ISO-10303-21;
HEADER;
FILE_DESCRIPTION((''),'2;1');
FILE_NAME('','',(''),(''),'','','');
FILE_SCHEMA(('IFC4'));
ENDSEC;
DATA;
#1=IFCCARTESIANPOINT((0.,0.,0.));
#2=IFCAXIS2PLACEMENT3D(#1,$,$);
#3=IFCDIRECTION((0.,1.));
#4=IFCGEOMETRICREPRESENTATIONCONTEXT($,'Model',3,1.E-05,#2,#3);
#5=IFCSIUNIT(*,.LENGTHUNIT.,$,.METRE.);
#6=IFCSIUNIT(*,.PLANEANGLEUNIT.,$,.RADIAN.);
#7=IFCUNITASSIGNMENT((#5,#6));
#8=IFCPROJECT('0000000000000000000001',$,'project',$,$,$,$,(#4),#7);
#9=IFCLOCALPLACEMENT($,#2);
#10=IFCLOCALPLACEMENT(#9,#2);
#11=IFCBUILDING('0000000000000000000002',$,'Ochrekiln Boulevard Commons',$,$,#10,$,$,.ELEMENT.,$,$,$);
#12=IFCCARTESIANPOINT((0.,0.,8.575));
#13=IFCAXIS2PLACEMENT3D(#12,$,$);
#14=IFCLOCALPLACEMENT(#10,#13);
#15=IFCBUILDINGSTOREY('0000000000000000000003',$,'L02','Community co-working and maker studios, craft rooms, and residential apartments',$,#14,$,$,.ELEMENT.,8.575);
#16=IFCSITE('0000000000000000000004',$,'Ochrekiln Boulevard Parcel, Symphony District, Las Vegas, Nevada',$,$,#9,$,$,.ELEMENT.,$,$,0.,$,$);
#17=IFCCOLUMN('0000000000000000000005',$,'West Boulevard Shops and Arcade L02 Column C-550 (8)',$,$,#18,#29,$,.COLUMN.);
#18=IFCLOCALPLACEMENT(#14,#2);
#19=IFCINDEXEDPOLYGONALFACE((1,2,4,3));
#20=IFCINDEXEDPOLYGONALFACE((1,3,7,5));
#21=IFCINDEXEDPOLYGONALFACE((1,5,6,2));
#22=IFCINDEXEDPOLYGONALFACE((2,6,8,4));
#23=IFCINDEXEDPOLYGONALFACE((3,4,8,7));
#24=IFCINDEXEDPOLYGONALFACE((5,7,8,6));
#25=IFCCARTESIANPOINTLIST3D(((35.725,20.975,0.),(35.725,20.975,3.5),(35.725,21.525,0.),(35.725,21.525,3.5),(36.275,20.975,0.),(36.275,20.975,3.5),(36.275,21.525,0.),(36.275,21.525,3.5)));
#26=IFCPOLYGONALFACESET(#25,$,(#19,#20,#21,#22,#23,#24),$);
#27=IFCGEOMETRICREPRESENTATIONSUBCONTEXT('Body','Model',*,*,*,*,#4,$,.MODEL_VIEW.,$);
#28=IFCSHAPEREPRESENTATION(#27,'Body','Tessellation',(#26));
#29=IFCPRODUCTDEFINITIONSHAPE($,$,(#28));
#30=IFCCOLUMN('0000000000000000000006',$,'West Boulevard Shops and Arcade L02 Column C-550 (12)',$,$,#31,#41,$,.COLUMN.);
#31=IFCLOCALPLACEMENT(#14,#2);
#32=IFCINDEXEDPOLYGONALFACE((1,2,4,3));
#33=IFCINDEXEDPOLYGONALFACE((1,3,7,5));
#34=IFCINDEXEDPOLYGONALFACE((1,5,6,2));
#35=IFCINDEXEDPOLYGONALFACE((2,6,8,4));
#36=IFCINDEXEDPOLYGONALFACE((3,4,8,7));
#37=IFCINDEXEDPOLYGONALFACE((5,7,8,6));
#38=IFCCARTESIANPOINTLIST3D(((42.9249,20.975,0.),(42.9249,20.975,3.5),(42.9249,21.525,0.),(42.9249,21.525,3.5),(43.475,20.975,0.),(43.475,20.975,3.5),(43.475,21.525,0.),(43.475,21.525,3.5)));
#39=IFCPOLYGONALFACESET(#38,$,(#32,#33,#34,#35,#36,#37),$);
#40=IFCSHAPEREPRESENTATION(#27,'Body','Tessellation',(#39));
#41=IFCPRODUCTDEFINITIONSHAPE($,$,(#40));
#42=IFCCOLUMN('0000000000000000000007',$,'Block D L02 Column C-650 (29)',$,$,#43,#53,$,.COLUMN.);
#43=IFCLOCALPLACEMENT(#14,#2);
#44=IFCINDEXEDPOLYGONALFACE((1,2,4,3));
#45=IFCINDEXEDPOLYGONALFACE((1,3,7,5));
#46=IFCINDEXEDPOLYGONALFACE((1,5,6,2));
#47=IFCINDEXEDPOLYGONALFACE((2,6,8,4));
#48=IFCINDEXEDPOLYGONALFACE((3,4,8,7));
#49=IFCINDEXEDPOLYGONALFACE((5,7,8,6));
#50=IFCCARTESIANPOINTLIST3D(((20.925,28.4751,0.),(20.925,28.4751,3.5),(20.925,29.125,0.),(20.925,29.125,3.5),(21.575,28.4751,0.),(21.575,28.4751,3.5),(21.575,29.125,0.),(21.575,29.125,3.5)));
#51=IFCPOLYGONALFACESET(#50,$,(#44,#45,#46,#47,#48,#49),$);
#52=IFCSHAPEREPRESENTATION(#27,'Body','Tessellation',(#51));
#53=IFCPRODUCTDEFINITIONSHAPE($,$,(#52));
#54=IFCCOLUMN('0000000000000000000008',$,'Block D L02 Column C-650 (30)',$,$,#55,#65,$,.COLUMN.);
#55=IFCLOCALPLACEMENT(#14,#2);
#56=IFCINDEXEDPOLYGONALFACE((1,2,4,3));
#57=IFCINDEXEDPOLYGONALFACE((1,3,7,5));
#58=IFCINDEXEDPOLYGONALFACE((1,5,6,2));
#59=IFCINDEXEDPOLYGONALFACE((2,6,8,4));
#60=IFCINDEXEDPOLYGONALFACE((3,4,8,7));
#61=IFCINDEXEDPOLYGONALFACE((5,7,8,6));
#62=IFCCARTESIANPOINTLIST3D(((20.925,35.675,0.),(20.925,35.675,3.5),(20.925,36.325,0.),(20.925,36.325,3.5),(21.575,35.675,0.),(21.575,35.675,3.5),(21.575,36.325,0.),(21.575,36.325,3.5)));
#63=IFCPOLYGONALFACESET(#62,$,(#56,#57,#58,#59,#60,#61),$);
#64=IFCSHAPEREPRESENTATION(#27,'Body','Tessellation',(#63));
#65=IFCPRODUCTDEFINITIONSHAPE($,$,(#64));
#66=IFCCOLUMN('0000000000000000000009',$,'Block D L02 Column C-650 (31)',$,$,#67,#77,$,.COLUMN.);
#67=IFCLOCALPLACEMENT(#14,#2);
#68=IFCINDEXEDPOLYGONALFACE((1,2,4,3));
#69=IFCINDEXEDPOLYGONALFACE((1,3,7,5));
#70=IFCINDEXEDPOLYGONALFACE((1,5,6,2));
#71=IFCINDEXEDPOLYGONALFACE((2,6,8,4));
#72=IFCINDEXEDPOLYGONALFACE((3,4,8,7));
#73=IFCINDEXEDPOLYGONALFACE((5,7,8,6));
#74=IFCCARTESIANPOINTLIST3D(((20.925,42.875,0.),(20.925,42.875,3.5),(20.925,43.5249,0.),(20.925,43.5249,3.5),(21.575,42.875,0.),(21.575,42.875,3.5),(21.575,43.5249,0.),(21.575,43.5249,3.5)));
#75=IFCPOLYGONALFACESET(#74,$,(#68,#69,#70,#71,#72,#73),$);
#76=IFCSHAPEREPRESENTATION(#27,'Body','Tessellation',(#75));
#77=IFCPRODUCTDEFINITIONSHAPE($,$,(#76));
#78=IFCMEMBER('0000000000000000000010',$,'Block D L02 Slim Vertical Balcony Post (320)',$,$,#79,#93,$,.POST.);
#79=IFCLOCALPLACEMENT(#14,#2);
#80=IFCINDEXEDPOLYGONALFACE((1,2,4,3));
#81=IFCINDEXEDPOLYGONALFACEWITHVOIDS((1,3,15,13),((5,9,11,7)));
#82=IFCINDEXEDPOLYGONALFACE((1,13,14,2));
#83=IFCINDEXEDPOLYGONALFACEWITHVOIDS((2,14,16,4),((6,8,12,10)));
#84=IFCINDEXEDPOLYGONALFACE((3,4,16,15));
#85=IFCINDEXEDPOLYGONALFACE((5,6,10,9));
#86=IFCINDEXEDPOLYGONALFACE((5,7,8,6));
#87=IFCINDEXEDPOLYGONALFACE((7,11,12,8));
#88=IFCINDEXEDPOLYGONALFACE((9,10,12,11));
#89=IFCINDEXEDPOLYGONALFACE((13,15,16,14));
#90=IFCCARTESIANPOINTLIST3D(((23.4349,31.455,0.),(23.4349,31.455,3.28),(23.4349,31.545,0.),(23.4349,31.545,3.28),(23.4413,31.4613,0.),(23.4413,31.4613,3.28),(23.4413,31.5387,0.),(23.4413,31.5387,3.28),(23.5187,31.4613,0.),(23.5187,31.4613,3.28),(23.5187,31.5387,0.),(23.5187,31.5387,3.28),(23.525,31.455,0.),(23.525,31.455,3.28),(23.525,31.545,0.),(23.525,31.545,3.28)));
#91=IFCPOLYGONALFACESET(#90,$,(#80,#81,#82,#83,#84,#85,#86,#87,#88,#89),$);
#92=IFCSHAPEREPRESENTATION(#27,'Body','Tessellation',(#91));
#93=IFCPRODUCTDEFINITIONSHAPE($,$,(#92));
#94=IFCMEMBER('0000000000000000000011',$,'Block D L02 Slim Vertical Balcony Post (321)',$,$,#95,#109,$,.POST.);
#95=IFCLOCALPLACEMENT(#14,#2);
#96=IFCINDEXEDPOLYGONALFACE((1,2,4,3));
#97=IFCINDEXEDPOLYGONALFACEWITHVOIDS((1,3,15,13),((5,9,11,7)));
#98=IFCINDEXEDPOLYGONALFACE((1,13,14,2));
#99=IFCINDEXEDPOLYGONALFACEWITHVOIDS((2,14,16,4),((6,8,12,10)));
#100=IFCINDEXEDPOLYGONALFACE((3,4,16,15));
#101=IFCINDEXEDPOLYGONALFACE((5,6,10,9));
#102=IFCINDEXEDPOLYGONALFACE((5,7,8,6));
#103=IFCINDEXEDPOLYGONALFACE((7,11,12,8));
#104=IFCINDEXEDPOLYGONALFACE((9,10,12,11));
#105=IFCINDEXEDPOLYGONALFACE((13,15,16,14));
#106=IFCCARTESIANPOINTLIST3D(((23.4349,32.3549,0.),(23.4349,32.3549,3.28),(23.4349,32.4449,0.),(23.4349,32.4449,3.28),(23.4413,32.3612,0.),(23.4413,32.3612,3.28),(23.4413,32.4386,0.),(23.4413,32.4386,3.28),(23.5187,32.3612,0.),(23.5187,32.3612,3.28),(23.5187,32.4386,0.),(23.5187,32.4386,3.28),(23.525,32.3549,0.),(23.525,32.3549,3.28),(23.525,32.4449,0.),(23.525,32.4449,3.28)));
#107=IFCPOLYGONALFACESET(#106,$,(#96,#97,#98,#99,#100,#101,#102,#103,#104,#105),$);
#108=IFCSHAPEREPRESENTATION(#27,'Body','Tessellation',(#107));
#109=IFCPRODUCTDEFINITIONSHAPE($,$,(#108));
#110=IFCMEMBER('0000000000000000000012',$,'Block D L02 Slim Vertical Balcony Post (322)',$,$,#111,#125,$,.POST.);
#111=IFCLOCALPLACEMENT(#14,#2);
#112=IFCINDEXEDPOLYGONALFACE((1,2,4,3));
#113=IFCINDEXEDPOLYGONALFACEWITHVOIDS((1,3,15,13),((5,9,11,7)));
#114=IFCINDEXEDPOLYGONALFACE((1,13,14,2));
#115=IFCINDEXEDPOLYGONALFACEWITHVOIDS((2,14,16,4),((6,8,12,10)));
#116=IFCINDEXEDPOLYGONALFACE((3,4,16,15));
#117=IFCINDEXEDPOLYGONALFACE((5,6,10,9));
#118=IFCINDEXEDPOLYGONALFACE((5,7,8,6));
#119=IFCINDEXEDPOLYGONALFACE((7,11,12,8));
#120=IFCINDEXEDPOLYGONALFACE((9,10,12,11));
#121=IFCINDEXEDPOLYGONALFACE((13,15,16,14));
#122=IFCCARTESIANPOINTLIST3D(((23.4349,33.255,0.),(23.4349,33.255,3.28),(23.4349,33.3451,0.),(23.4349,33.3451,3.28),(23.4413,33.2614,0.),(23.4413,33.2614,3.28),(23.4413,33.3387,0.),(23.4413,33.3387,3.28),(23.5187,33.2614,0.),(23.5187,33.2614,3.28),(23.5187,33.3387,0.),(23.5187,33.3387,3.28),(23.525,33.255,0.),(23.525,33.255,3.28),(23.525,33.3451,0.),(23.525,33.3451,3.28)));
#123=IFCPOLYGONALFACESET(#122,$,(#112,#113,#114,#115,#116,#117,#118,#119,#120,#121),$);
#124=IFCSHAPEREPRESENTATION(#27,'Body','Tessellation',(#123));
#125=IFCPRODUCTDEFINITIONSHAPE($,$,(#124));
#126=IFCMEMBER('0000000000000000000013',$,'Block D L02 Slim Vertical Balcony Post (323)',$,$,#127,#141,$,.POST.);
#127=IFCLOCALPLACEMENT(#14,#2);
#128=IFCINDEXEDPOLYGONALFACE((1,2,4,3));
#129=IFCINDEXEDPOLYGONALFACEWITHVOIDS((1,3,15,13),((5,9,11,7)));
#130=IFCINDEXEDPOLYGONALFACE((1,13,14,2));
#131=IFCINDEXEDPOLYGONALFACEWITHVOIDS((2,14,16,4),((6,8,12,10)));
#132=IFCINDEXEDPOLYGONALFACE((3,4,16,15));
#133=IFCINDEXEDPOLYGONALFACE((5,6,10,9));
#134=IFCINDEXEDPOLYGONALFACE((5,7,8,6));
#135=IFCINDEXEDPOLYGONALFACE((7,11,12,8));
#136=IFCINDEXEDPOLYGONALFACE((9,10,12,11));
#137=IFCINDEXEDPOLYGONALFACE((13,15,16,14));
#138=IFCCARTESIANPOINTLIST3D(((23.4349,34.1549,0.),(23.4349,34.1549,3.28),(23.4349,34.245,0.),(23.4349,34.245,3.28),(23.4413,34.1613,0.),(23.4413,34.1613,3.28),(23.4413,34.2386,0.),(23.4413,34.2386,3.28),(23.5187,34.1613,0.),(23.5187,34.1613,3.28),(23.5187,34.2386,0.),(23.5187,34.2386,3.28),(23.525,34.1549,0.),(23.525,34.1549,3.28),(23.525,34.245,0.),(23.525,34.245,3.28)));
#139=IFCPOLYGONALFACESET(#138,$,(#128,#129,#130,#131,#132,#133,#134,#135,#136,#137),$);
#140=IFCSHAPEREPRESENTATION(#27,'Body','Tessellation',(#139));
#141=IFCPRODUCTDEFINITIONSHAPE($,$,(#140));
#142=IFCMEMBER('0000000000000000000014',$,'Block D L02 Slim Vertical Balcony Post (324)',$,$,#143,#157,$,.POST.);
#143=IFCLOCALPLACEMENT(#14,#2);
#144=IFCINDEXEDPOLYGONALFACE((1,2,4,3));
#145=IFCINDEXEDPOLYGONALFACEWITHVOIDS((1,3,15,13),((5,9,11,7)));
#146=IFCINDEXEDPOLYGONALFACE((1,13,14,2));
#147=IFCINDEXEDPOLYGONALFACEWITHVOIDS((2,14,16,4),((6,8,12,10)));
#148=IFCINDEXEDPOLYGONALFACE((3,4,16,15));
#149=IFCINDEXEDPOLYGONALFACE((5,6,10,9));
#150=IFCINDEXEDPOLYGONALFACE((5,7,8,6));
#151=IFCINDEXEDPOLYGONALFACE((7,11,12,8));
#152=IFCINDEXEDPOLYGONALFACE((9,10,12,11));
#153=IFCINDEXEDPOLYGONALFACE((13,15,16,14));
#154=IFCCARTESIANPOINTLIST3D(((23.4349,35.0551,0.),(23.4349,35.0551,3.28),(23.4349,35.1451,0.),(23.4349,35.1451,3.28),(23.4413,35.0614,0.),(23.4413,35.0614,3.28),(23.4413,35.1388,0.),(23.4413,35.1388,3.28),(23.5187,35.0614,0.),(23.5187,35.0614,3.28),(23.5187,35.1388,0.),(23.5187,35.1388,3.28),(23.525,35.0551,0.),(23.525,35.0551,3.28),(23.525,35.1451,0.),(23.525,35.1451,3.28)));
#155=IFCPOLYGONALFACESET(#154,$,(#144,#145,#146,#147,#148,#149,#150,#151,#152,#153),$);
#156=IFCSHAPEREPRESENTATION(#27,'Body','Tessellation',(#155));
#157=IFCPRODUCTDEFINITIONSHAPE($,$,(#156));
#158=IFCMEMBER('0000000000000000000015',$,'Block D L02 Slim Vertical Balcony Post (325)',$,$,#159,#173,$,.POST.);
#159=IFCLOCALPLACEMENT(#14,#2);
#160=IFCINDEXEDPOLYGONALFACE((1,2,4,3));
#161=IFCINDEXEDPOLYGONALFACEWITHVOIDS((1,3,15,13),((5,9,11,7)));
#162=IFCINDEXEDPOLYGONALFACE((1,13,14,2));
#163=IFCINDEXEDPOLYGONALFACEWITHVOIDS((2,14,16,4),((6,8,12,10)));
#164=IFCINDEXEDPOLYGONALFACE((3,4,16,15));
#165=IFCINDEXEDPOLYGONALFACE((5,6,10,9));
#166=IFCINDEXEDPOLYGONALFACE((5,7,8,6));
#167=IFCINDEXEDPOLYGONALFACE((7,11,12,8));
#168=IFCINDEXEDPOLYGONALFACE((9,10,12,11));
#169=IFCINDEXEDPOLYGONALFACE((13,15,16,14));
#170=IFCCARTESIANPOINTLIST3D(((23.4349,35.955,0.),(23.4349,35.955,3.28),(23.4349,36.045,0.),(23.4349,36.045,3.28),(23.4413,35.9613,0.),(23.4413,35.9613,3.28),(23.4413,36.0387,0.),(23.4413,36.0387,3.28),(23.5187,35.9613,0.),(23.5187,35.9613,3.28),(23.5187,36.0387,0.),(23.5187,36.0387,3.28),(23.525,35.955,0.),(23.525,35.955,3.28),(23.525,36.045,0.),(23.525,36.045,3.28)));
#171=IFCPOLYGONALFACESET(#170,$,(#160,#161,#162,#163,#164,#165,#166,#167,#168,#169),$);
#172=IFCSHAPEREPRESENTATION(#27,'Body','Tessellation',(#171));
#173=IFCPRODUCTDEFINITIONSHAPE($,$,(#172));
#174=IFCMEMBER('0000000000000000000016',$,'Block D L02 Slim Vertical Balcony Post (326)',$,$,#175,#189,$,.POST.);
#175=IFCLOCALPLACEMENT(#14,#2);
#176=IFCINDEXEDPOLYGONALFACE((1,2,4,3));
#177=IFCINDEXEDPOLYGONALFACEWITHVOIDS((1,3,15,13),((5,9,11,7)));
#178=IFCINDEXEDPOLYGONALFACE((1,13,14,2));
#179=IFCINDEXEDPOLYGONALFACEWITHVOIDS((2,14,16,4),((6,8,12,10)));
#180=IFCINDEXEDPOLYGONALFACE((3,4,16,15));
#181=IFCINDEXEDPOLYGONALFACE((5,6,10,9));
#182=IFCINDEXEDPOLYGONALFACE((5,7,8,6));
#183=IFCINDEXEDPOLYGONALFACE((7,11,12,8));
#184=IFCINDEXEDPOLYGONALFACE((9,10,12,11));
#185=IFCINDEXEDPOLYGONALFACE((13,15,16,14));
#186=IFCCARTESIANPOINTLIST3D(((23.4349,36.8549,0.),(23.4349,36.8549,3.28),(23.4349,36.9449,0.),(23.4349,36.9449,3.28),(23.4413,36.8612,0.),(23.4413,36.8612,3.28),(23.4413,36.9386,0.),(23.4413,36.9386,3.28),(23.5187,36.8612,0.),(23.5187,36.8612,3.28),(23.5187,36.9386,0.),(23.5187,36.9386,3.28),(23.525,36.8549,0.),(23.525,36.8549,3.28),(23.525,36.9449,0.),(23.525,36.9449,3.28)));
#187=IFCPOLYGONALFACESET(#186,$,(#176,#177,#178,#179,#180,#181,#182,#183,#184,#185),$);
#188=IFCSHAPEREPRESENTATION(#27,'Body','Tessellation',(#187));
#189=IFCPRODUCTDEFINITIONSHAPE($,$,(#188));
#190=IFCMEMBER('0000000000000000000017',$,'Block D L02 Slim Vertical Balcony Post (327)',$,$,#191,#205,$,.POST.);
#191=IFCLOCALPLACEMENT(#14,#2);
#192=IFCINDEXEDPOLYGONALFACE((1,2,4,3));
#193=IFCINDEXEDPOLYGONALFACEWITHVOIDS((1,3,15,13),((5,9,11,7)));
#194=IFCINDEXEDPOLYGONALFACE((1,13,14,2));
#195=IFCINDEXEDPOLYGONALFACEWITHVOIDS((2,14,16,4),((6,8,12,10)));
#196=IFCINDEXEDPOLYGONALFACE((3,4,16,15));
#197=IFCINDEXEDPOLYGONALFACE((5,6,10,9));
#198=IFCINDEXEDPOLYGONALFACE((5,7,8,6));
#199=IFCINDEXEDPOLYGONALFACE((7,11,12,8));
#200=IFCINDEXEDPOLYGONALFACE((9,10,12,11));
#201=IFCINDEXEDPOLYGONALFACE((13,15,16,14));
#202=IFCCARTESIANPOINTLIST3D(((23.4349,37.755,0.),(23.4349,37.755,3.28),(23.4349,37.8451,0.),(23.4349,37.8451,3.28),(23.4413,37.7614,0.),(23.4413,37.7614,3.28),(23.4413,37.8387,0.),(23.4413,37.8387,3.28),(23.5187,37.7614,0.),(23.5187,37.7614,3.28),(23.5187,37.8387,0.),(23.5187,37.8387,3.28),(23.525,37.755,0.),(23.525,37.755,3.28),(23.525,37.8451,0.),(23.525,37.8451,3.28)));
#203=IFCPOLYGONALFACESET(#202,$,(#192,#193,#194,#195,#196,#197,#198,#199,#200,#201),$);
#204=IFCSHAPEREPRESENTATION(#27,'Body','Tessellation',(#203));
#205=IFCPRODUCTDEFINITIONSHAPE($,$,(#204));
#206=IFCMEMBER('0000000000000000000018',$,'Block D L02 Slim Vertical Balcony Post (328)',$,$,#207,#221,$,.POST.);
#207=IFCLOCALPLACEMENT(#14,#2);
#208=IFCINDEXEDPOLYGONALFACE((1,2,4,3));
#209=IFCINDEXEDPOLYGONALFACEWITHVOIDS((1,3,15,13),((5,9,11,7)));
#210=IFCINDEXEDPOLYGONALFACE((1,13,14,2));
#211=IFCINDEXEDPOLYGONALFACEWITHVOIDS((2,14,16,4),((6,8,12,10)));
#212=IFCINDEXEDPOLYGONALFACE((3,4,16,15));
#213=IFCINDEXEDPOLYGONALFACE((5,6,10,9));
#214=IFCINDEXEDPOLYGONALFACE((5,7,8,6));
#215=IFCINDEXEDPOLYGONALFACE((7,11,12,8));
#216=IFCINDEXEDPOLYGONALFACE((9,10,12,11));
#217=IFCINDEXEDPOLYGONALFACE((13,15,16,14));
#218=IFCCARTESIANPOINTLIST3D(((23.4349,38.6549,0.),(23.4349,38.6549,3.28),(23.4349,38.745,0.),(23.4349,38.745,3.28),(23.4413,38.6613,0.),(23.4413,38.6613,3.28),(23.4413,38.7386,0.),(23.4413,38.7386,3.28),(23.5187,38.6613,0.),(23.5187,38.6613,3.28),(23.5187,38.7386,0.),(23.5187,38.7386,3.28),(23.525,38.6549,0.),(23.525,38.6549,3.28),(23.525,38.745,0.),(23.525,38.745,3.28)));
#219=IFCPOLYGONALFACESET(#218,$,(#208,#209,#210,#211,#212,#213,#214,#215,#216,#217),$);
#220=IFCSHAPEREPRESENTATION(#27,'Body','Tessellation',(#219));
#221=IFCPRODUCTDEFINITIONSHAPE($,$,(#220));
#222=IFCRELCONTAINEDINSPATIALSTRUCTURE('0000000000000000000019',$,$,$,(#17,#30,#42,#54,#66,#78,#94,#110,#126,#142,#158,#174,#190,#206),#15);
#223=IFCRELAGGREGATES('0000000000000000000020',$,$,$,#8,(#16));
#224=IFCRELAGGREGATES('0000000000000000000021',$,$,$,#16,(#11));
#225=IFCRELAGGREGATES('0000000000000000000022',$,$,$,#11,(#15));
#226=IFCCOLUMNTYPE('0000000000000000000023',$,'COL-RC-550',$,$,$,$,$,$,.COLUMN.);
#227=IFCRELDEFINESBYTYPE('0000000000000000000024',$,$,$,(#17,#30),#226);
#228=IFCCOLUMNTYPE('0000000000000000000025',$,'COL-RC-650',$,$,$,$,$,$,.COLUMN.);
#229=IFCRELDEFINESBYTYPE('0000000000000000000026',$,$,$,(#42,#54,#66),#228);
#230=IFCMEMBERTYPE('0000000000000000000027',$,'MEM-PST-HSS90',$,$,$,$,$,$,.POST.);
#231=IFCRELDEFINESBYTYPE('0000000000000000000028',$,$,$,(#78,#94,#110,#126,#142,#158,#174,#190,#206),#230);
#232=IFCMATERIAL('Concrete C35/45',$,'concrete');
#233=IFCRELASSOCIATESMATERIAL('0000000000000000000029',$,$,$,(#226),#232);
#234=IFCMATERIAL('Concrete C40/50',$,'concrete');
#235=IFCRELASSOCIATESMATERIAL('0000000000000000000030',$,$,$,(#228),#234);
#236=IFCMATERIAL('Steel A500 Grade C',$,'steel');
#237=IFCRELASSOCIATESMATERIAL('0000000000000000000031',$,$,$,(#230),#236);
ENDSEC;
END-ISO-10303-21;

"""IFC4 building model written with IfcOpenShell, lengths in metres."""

from ifc_helpers import new_model, si_unit, direction, frame, origin, origin_2d, place, context, subcontext, project, spatial, rectangle, hollow_rectangle, extrude, material, material_profile, profile_set, type_object, element, save


model = new_model("IFC4")

# Units and contexts
model_context = context("Model", 3, precision=1e-05, world=origin(), true_north=direction((0.0, 1.0)))
body_context = subcontext(model_context, "Body", "Model", "MODEL_VIEW")
ifc_project = project(units=[si_unit("LENGTHUNIT", "METRE"), si_unit("PLANEANGLEUNIT", "RADIAN")], contexts=[model_context])

# Site, building, storey
site_placement = place(None, origin())
site = spatial("IfcSite", under=ifc_project, at=site_placement, Name="Ochrekiln Boulevard Parcel, Symphony District, Las Vegas, Nevada", CompositionType="ELEMENT", RefElevation=0.0)
building_placement = place(site_placement, origin())
building = spatial("IfcBuilding", under=site, at=building_placement, Name="Ochrekiln Boulevard Commons", CompositionType="ELEMENT")
storey_placement = place(building_placement, frame((0.0, 0.0, 8.575)))
storey = spatial("IfcBuildingStorey", under=building, at=storey_placement, Name="L02", Description="Community co-working and maker studios, craft rooms, and residential apartments", CompositionType="ELEMENT", Elevation=8.575)

# Columns
ifc_material_1 = material(Name="Concrete C35/45", Category="concrete")
ifc_material_profile_1 = material_profile(ifc_material_1, rectangle(XDim=0.55, YDim=0.55, at=origin_2d()), Name="RC-COL-550x550")
ifc_profile_set_1 = profile_set([ifc_material_profile_1], Name="Concrete C35/45")
column_type_1 = type_object("IfcColumnType", Name="COL-RC-550", PredefinedType="COLUMN", material=ifc_profile_set_1)
for number, where, z_axis, x_axis, name in (
    (1, (36.0, 21.25, 0.0), (0.0, 0.0, 1.0), (1.0, 0.0, 0.0), "West Boulevard Shops and Arcade L02 Column C-550 (8)"),
    (2, (43.2, 21.25, 0.0), (0.0, 0.0, 1.0), (1.0, 0.0, 0.0), "West Boulevard Shops and Arcade L02 Column C-550 (12)"),
):
    element("IfcColumn", number, at=place(storey_placement, frame(where, z_axis=z_axis, x_axis=x_axis)), inside=storey, type_object=column_type_1, Name=name, PredefinedType="COLUMN", context=body_context, shape_type="SweptSolid", body=[
        extrude(rectangle(XDim=0.55, YDim=0.55, at=origin_2d()), origin(), (0.0, 0.0, 1.0), 3.5),
    ])
ifc_material_2 = material(Name="Concrete C40/50", Category="concrete")
ifc_material_profile_2 = material_profile(ifc_material_2, rectangle(XDim=0.6499, YDim=0.6499, at=origin_2d()), Name="RC-COL-650x650")
ifc_profile_set_2 = profile_set([ifc_material_profile_2], Name="Concrete C40/50")
column_type_2 = type_object("IfcColumnType", Name="COL-RC-650", PredefinedType="COLUMN", material=ifc_profile_set_2)
for number, where, z_axis, x_axis, name in (
    (3, (21.25, 28.8, 0.0), (0.0, 0.0, 1.0), (1.0, 0.0, 0.0), "Block D L02 Column C-650 (29)"),
    (4, (21.25, 36.0, 0.0), (0.0, 0.0, 1.0), (1.0, 0.0, 0.0), "Block D L02 Column C-650 (30)"),
    (5, (21.25, 43.2, 0.0), (0.0, 0.0, 1.0), (1.0, 0.0, 0.0), "Block D L02 Column C-650 (31)"),
):
    element("IfcColumn", number, at=place(storey_placement, frame(where, z_axis=z_axis, x_axis=x_axis)), inside=storey, type_object=column_type_2, Name=name, PredefinedType="COLUMN", context=body_context, shape_type="SweptSolid", body=[
        extrude(rectangle(XDim=0.6499, YDim=0.6499, at=origin_2d()), origin(), (0.0, 0.0, 1.0), 3.5),
    ])

# Members
ifc_material_3 = material(Name="Steel A500 Grade C", Category="steel")
ifc_material_profile_3 = material_profile(ifc_material_3, hollow_rectangle(XDim=0.0901, YDim=0.0901, WallThickness=0.0063, at=origin_2d()), Name="HSS90X90X6.4")
ifc_profile_set_3 = profile_set([ifc_material_profile_3], Name="Steel A500 Grade C")
member_type = type_object("IfcMemberType", Name="MEM-PST-HSS90", PredefinedType="POST", material=ifc_profile_set_3)
for number, where, z_axis, x_axis, name in (
    (6, (23.48, 31.5, 0.0), (0.0, 0.0, 1.0), (1.0, 0.0, 0.0), "Block D L02 Slim Vertical Balcony Post (320)"),
    (7, (23.48, 32.3999, 0.0), (0.0, 0.0, 1.0), (1.0, 0.0, 0.0), "Block D L02 Slim Vertical Balcony Post (321)"),
    (8, (23.48, 33.3, 0.0), (0.0, 0.0, 1.0), (1.0, 0.0, 0.0), "Block D L02 Slim Vertical Balcony Post (322)"),
    (9, (23.48, 34.2, 0.0), (0.0, 0.0, 1.0), (1.0, 0.0, 0.0), "Block D L02 Slim Vertical Balcony Post (323)"),
    (10, (23.48, 35.1001, 0.0), (0.0, 0.0, 1.0), (1.0, 0.0, 0.0), "Block D L02 Slim Vertical Balcony Post (324)"),
    (11, (23.48, 36.0, 0.0), (0.0, 0.0, 1.0), (1.0, 0.0, 0.0), "Block D L02 Slim Vertical Balcony Post (325)"),
    (12, (23.48, 36.8999, 0.0), (0.0, 0.0, 1.0), (1.0, 0.0, 0.0), "Block D L02 Slim Vertical Balcony Post (326)"),
    (13, (23.48, 37.8, 0.0), (0.0, 0.0, 1.0), (1.0, 0.0, 0.0), "Block D L02 Slim Vertical Balcony Post (327)"),
    (14, (23.48, 38.7, 0.0), (0.0, 0.0, 1.0), (1.0, 0.0, 0.0), "Block D L02 Slim Vertical Balcony Post (328)"),
):
    element("IfcMember", number, at=place(storey_placement, frame(where, z_axis=z_axis, x_axis=x_axis)), inside=storey, type_object=member_type, Name=name, PredefinedType="POST", context=body_context, shape_type="SweptSolid", body=[
        extrude(hollow_rectangle(XDim=0.0901, YDim=0.0901, WallThickness=0.0063, at=origin_2d()), origin(), (0.0, 0.0, 1.0), 3.28),
    ])

save(model, "model.ifc")
